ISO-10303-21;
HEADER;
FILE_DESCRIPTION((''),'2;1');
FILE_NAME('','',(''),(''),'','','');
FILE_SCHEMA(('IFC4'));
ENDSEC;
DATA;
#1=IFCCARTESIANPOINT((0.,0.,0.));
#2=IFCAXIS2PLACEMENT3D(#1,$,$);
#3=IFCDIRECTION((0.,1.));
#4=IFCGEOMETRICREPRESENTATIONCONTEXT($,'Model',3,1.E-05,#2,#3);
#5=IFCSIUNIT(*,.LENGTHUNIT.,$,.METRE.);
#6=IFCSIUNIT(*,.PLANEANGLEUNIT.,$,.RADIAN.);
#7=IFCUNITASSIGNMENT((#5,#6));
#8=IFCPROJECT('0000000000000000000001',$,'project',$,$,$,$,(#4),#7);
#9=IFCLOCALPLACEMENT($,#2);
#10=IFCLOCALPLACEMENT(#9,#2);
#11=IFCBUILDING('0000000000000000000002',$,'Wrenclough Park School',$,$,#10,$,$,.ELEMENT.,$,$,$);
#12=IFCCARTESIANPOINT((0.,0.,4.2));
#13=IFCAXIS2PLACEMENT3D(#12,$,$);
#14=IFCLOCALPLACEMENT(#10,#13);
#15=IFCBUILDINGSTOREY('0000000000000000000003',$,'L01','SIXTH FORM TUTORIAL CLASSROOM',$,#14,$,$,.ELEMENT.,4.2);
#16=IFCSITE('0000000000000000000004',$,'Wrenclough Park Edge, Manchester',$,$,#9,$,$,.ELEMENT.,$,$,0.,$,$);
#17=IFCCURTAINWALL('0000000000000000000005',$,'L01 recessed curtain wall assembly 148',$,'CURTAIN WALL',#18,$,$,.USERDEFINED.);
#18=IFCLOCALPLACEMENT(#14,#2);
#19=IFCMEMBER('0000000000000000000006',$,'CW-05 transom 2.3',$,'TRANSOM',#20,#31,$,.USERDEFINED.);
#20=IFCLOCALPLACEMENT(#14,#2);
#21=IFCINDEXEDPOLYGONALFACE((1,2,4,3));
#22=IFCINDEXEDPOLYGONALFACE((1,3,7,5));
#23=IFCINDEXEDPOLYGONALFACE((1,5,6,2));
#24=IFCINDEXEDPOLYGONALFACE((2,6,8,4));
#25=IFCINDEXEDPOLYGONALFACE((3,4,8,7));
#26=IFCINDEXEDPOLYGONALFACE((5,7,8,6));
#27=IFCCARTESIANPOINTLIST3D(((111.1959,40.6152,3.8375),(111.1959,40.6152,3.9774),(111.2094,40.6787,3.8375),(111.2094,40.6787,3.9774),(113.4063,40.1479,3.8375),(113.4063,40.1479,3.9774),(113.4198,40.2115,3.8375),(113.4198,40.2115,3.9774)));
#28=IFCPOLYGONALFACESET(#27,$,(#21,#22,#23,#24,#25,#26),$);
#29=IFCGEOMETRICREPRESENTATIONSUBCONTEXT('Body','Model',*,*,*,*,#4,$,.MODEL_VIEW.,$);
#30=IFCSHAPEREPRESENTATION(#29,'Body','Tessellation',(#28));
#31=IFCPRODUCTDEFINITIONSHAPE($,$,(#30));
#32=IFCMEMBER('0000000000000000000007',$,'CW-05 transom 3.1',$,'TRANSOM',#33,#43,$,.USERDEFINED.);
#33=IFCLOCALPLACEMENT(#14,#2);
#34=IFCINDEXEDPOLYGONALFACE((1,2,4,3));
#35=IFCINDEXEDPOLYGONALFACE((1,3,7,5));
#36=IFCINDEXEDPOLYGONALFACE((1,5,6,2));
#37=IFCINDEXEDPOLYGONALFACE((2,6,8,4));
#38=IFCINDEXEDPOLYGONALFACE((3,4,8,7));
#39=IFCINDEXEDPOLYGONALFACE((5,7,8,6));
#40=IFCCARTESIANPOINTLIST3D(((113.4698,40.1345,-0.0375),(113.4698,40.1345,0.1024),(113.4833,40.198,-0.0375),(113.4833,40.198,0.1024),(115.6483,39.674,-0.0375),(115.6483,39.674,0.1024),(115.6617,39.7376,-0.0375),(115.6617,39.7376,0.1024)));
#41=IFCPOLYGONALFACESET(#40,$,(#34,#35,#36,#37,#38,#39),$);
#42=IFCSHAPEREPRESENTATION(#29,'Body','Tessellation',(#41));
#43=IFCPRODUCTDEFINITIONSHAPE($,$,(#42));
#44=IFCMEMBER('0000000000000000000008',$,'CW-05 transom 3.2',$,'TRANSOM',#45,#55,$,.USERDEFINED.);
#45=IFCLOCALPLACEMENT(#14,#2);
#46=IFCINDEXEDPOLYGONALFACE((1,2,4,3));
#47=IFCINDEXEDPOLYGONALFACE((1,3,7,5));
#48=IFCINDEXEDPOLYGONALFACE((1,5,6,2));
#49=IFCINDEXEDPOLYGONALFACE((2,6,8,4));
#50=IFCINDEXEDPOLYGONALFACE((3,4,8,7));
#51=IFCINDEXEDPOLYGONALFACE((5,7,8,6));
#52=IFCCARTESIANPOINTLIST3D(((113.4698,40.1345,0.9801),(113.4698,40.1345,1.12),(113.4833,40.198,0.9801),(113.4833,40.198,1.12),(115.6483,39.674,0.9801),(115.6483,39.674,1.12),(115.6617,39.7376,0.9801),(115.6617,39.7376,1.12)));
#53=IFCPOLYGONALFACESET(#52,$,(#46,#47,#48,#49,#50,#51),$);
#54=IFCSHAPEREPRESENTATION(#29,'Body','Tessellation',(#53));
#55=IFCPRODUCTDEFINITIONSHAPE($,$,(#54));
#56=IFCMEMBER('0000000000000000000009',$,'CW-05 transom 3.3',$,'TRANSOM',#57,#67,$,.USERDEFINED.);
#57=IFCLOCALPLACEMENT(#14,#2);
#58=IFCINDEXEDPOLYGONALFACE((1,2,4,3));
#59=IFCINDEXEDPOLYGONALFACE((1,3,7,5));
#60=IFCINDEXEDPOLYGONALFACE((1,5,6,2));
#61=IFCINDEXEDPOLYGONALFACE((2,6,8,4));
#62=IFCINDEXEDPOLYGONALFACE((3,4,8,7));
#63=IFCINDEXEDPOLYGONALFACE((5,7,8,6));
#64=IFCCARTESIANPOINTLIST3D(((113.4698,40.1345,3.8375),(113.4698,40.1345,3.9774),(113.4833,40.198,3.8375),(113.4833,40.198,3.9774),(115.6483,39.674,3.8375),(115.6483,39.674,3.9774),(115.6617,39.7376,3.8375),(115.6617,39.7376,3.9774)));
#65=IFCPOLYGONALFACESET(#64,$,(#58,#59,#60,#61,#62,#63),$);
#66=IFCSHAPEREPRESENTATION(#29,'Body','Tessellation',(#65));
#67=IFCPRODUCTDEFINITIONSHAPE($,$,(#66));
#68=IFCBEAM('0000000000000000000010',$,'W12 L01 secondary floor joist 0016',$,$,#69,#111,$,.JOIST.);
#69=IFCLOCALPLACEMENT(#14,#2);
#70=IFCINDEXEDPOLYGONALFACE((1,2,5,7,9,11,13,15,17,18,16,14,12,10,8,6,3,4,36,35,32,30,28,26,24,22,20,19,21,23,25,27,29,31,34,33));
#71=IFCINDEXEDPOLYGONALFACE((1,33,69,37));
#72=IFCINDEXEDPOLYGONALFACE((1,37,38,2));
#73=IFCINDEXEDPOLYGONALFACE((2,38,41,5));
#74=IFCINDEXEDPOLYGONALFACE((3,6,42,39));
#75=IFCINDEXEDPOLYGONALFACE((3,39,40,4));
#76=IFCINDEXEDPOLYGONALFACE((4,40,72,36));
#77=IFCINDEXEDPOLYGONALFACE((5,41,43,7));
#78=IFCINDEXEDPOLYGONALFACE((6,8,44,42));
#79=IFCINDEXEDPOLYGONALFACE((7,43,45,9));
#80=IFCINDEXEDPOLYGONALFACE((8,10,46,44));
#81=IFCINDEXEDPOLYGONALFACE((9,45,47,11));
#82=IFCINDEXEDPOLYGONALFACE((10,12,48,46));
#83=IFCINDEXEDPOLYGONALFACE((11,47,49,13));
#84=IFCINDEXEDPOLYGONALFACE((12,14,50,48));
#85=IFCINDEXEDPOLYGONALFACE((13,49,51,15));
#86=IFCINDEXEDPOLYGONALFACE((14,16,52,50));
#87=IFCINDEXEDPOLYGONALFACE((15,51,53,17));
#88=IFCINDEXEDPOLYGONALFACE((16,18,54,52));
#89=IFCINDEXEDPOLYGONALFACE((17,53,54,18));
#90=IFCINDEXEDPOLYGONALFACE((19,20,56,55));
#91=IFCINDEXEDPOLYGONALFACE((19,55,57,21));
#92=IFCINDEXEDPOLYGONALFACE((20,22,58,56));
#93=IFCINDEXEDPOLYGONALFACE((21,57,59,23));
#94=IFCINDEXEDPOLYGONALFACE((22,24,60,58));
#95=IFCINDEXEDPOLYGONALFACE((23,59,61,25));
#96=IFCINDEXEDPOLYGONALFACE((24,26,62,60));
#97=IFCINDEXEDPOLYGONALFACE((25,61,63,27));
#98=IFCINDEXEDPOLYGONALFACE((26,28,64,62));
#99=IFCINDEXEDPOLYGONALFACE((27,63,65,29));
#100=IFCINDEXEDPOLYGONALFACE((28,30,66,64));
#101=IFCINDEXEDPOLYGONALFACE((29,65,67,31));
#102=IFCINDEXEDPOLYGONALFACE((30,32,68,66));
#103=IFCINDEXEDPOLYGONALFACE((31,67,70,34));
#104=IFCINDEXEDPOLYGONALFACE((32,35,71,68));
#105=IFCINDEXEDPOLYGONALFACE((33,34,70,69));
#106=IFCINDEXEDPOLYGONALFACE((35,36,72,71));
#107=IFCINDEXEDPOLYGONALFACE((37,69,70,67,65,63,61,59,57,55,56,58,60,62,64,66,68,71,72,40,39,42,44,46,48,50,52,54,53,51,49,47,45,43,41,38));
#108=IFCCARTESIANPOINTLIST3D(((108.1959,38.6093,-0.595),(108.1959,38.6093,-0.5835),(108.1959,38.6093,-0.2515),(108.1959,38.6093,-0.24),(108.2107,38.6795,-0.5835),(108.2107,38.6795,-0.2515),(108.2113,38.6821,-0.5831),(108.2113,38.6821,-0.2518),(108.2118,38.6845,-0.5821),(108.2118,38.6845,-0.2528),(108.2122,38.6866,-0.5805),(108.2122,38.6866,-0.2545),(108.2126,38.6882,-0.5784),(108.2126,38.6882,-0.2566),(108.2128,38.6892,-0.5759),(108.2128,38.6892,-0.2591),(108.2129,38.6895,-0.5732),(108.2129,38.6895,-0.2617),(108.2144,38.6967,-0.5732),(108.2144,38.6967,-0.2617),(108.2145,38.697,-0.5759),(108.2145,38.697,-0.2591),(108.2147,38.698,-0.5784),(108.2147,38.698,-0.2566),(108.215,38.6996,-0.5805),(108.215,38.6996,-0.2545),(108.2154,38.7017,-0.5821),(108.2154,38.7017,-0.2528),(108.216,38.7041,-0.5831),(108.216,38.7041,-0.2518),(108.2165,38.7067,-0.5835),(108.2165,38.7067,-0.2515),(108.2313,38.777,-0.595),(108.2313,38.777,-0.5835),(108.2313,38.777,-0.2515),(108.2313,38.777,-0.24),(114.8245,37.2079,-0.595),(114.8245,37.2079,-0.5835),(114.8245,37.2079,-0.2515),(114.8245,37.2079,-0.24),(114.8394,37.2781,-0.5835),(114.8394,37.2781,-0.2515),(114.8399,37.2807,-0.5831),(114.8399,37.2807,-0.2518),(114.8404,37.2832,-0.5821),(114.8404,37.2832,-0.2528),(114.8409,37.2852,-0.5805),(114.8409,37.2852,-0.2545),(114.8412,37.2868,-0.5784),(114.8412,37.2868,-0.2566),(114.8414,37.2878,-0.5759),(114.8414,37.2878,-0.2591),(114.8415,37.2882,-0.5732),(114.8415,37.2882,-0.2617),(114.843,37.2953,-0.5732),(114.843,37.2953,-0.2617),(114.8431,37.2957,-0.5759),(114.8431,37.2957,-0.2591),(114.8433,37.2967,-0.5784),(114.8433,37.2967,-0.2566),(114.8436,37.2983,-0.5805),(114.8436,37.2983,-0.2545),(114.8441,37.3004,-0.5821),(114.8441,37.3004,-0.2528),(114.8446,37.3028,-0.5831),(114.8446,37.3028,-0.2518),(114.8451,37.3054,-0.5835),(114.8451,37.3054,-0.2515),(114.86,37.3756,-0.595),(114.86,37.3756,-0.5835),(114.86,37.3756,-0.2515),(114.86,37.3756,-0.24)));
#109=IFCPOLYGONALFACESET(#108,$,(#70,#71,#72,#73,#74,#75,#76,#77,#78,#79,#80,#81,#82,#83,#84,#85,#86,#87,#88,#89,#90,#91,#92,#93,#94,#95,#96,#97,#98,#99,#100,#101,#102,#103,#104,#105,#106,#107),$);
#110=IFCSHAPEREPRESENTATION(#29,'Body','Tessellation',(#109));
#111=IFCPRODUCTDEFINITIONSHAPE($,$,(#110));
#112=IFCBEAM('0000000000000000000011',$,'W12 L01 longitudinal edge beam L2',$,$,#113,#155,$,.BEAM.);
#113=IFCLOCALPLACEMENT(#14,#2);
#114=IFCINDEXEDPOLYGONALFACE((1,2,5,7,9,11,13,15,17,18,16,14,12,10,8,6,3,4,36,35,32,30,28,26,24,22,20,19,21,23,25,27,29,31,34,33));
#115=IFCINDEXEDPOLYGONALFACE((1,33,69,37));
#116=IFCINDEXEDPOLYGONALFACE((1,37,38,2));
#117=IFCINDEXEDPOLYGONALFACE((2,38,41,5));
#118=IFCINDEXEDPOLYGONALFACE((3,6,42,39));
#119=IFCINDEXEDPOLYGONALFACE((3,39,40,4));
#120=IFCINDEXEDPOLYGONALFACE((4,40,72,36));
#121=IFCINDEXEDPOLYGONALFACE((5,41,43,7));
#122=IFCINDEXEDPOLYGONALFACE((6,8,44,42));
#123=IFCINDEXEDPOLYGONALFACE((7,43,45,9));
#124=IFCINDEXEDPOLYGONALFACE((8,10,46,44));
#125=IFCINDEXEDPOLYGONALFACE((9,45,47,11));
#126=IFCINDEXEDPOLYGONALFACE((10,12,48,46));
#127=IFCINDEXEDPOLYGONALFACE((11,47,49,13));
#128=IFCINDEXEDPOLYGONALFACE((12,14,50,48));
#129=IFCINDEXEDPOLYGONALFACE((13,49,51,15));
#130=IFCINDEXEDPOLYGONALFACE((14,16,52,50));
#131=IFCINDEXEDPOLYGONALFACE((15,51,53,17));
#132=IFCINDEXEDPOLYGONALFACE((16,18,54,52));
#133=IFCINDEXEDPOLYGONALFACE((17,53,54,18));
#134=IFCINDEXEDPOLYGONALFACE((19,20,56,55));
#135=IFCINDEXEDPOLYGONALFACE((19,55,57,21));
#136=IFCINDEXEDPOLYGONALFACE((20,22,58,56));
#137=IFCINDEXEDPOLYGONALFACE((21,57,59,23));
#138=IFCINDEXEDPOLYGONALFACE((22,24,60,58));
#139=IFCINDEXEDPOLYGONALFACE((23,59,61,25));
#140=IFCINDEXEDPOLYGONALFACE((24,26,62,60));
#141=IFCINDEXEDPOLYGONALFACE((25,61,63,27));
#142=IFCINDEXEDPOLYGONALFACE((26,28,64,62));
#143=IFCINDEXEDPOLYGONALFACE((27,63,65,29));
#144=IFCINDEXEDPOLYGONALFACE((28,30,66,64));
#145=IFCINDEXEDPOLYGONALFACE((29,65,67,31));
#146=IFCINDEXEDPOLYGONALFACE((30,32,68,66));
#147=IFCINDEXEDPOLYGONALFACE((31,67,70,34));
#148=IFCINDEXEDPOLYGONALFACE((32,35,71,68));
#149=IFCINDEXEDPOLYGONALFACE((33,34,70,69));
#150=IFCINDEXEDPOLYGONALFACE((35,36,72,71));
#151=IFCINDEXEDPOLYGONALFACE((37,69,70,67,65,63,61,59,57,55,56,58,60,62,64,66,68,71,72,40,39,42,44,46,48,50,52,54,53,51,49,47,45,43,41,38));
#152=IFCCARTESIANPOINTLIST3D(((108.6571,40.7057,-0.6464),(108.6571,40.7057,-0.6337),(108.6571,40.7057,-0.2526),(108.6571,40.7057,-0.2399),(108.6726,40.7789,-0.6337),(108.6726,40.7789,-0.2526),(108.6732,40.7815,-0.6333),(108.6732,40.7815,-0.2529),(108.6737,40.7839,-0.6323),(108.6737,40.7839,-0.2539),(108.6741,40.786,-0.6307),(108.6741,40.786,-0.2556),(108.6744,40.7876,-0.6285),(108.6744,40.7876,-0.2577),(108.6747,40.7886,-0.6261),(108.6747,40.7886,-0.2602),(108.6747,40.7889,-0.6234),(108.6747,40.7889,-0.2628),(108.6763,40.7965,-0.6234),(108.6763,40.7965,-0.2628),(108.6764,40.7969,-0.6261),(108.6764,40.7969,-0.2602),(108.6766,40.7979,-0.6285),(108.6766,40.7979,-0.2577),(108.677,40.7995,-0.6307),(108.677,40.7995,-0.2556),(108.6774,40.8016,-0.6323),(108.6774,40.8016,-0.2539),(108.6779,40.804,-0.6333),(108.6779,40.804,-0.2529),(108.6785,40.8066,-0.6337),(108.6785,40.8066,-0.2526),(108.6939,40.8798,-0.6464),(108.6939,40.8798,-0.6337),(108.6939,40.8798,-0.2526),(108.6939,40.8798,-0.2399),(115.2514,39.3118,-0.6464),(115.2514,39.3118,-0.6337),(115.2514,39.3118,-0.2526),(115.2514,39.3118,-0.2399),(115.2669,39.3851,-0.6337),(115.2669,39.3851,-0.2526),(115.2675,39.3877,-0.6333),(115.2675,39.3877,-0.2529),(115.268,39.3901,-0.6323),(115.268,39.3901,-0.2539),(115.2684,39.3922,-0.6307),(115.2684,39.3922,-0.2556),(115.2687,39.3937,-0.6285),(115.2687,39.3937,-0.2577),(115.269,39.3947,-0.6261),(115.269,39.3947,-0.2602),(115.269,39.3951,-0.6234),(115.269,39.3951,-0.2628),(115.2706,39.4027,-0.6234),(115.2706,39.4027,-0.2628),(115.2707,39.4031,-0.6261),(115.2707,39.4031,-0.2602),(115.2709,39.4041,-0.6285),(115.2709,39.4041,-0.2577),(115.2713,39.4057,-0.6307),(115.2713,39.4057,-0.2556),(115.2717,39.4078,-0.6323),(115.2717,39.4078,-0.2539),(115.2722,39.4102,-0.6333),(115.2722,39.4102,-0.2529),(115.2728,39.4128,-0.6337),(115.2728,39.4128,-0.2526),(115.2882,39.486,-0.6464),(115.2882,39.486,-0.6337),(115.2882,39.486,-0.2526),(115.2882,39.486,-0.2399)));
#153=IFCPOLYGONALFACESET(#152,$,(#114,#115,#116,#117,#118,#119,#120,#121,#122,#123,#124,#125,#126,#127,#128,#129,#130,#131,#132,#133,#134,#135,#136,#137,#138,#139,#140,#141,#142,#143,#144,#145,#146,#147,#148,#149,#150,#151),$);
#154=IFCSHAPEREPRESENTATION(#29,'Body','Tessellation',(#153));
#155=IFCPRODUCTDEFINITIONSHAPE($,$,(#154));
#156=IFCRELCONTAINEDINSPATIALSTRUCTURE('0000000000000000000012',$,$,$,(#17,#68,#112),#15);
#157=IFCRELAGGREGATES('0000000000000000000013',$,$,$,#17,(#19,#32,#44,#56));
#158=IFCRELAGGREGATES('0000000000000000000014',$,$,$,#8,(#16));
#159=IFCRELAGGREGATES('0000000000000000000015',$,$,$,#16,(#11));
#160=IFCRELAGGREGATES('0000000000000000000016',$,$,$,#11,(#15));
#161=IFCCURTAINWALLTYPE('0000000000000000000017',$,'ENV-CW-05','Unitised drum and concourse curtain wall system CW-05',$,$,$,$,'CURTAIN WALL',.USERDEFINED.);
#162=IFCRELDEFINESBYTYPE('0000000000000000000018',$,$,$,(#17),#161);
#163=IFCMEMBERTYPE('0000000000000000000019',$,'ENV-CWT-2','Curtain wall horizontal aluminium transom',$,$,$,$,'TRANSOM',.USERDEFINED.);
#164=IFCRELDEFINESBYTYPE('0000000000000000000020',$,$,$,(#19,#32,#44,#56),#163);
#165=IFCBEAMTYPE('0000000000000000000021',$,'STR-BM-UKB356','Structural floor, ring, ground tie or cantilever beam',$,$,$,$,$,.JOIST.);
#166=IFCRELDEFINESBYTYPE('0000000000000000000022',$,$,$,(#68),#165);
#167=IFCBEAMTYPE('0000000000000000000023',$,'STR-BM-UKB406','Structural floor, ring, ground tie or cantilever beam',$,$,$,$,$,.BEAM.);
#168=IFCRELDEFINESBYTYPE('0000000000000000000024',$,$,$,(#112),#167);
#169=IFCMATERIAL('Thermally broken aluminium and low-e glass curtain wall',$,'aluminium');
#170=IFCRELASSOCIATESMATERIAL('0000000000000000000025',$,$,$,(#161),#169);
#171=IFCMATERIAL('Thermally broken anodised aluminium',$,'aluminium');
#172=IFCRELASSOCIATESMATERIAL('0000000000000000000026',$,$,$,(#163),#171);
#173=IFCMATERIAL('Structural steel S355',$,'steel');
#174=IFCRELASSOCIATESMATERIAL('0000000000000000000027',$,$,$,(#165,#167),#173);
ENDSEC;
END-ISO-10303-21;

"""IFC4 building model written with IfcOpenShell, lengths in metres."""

from ifc_helpers import new_model, si_unit, direction, frame, origin, origin_2d, place, context, subcontext, project, spatial, rectangle, i_section, extrude, material, material_profile, profile_set, type_object, element, aggregate, save


model = new_model("IFC4")

# Units and contexts
model_context = context("Model", 3, precision=1e-05, world=origin(), true_north=direction((0.0, 1.0)))
body_context = subcontext(model_context, "Body", "Model", "MODEL_VIEW")
ifc_project = project(units=[si_unit("LENGTHUNIT", "METRE"), si_unit("PLANEANGLEUNIT", "RADIAN")], contexts=[model_context])

# Site, building, storey
site_placement = place(None, origin())
site = spatial("IfcSite", under=ifc_project, at=site_placement, Name="Wrenclough Park Edge, Manchester", CompositionType="ELEMENT", RefElevation=0.0)
building_placement = place(site_placement, origin())
building = spatial("IfcBuilding", under=site, at=building_placement, Name="Wrenclough Park School", CompositionType="ELEMENT")
storey_placement = place(building_placement, frame((0.0, 0.0, 4.2)))
storey = spatial("IfcBuildingStorey", under=building, at=storey_placement, Name="L01", Description="SIXTH FORM TUTORIAL CLASSROOM", CompositionType="ELEMENT", Elevation=4.2)

# Shared definitions
ifc_material_1 = material(Name="Structural steel S355", Category="steel")

# Shared definitions
ifc_material_2 = material(Name="Thermally broken aluminium and low-e glass curtain wall", Category="aluminium")
ifc_material_3 = material(Name="Thermally broken anodised aluminium", Category="aluminium")

# Curtain wall
curtain_wall_type_1 = type_object("IfcCurtainWallType", Name="ENV-CW-05", Description="Unitised drum and concourse curtain wall system CW-05", ElementType="CURTAIN WALL", PredefinedType="USERDEFINED", material=ifc_material_2)
curtain_wall_1_placement = place(storey_placement, origin())
curtain_wall_1 = element("IfcCurtainWall", 1, at=curtain_wall_1_placement, inside=storey, type_object=curtain_wall_type_1, Name="L01 recessed curtain wall assembly 148", ObjectType="CURTAIN WALL", PredefinedType="USERDEFINED")

# Members
ifc_material_profile_1 = material_profile(ifc_material_3, rectangle(XDim=0.0649, YDim=0.1399, at=origin_2d()), Name="AL TRANSOM 65x140")
ifc_profile_set_1 = profile_set([ifc_material_profile_1], Name="Thermally broken anodised aluminium")
member_type_1 = type_object("IfcMemberType", Name="ENV-CWT-2", Description="Curtain wall horizontal aluminium transom", ElementType="TRANSOM", PredefinedType="USERDEFINED", material=ifc_profile_set_1)
member_1_placement = place(storey_placement, frame((111.2026, 40.647, 3.9075), z_axis=(0.978377, -0.206827, 0.0), x_axis=(0.206827, 0.978377, 0.0)))
member_1 = element("IfcMember", 2, at=member_1_placement, type_object=member_type_1, Name="CW-05 transom 2.3", ObjectType="TRANSOM", PredefinedType="USERDEFINED", context=body_context, shape_type="SweptSolid", body=[
    extrude(rectangle(XDim=0.0649, YDim=0.1399, at=origin_2d()), origin(), (0.0, 0.0, 1.0), 2.2593),
])
member_2_placement = place(storey_placement, frame((113.4766, 40.1663, 0.0325), z_axis=(0.978384, -0.206795, 0.0), x_axis=(0.206795, 0.978384, 0.0)))
member_2 = element("IfcMember", 3, at=member_2_placement, type_object=member_type_1, Name="CW-05 transom 3.1", ObjectType="TRANSOM", PredefinedType="USERDEFINED", context=body_context, shape_type="SweptSolid", body=[
    extrude(rectangle(XDim=0.0649, YDim=0.1399, at=origin_2d()), origin(), (0.0, 0.0, 1.0), 2.2266),
])
member_3_placement = place(storey_placement, frame((113.4766, 40.1663, 1.05), z_axis=(0.978384, -0.206795, 0.0), x_axis=(0.206795, 0.978384, 0.0)))
member_3 = element("IfcMember", 4, at=member_3_placement, type_object=member_type_1, Name="CW-05 transom 3.2", ObjectType="TRANSOM", PredefinedType="USERDEFINED", context=body_context, shape_type="SweptSolid", body=[
    extrude(rectangle(XDim=0.0649, YDim=0.1399, at=origin_2d()), origin(), (0.0, 0.0, 1.0), 2.2266),
])
member_4_placement = place(storey_placement, frame((113.4766, 40.1663, 3.9075), z_axis=(0.978384, -0.206795, 0.0), x_axis=(0.206795, 0.978384, 0.0)))
member_4 = element("IfcMember", 5, at=member_4_placement, type_object=member_type_1, Name="CW-05 transom 3.3", ObjectType="TRANSOM", PredefinedType="USERDEFINED", context=body_context, shape_type="SweptSolid", body=[
    extrude(rectangle(XDim=0.0649, YDim=0.1399, at=origin_2d()), origin(), (0.0, 0.0, 1.0), 2.2266),
])

# Beams
ifc_material_profile_2 = material_profile(ifc_material_1, i_section(OverallWidth=0.1714, OverallDepth=0.355, WebThickness=0.0073, FlangeThickness=0.0115, FilletRadius=0.0103, at=origin_2d()), Name="UKB 356x171x51")
ifc_profile_set_2 = profile_set([ifc_material_profile_2], Name="Structural steel S355")
beam_type_1 = type_object("IfcBeamType", Name="STR-BM-UKB356", Description="Structural floor, ring, ground tie or cantilever beam", PredefinedType="JOIST", material=ifc_profile_set_2)
beam_1_placement = place(storey_placement, frame((108.2136, 38.6931, -0.4175), z_axis=(0.978375, -0.206839, 0.0), x_axis=(0.206839, 0.978375, 0.0)))
element("IfcBeam", 6, at=beam_1_placement, inside=storey, type_object=beam_type_1, Name="W12 L01 secondary floor joist 0016", PredefinedType="JOIST", context=body_context, shape_type="SweptSolid", body=[
    extrude(i_section(OverallWidth=0.1714, OverallDepth=0.355, WebThickness=0.0073, FlangeThickness=0.0115, FilletRadius=0.0103, at=origin_2d()), origin(), (0.0, 0.0, 1.0), 6.7751),
])
ifc_material_profile_3 = material_profile(ifc_material_1, i_section(OverallWidth=0.178, OverallDepth=0.4065, WebThickness=0.0078, FlangeThickness=0.0127, FilletRadius=0.0103, at=origin_2d()), Name="UKB 406x178x60")
ifc_profile_set_3 = profile_set([ifc_material_profile_3], Name="Structural steel S355")
beam_type_2 = type_object("IfcBeamType", Name="STR-BM-UKB406", Description="Structural floor, ring, ground tie or cantilever beam", PredefinedType="BEAM", material=ifc_profile_set_3)
beam_2_placement = place(storey_placement, frame((108.6755, 40.7927, -0.4431), z_axis=(0.978384, -0.206797, 0.0), x_axis=(0.206797, 0.978384, 0.0)))
element("IfcBeam", 7, at=beam_2_placement, inside=storey, type_object=beam_type_2, Name="W12 L01 longitudinal edge beam L2", PredefinedType="BEAM", context=body_context, shape_type="SweptSolid", body=[
    extrude(i_section(OverallWidth=0.178, OverallDepth=0.4065, WebThickness=0.0078, FlangeThickness=0.0127, FilletRadius=0.0103, at=origin_2d()), origin(), (0.0, 0.0, 1.0), 6.74),
])

aggregate(curtain_wall_1, [member_1, member_2, member_3, member_4])

save(model, "model.ifc")
